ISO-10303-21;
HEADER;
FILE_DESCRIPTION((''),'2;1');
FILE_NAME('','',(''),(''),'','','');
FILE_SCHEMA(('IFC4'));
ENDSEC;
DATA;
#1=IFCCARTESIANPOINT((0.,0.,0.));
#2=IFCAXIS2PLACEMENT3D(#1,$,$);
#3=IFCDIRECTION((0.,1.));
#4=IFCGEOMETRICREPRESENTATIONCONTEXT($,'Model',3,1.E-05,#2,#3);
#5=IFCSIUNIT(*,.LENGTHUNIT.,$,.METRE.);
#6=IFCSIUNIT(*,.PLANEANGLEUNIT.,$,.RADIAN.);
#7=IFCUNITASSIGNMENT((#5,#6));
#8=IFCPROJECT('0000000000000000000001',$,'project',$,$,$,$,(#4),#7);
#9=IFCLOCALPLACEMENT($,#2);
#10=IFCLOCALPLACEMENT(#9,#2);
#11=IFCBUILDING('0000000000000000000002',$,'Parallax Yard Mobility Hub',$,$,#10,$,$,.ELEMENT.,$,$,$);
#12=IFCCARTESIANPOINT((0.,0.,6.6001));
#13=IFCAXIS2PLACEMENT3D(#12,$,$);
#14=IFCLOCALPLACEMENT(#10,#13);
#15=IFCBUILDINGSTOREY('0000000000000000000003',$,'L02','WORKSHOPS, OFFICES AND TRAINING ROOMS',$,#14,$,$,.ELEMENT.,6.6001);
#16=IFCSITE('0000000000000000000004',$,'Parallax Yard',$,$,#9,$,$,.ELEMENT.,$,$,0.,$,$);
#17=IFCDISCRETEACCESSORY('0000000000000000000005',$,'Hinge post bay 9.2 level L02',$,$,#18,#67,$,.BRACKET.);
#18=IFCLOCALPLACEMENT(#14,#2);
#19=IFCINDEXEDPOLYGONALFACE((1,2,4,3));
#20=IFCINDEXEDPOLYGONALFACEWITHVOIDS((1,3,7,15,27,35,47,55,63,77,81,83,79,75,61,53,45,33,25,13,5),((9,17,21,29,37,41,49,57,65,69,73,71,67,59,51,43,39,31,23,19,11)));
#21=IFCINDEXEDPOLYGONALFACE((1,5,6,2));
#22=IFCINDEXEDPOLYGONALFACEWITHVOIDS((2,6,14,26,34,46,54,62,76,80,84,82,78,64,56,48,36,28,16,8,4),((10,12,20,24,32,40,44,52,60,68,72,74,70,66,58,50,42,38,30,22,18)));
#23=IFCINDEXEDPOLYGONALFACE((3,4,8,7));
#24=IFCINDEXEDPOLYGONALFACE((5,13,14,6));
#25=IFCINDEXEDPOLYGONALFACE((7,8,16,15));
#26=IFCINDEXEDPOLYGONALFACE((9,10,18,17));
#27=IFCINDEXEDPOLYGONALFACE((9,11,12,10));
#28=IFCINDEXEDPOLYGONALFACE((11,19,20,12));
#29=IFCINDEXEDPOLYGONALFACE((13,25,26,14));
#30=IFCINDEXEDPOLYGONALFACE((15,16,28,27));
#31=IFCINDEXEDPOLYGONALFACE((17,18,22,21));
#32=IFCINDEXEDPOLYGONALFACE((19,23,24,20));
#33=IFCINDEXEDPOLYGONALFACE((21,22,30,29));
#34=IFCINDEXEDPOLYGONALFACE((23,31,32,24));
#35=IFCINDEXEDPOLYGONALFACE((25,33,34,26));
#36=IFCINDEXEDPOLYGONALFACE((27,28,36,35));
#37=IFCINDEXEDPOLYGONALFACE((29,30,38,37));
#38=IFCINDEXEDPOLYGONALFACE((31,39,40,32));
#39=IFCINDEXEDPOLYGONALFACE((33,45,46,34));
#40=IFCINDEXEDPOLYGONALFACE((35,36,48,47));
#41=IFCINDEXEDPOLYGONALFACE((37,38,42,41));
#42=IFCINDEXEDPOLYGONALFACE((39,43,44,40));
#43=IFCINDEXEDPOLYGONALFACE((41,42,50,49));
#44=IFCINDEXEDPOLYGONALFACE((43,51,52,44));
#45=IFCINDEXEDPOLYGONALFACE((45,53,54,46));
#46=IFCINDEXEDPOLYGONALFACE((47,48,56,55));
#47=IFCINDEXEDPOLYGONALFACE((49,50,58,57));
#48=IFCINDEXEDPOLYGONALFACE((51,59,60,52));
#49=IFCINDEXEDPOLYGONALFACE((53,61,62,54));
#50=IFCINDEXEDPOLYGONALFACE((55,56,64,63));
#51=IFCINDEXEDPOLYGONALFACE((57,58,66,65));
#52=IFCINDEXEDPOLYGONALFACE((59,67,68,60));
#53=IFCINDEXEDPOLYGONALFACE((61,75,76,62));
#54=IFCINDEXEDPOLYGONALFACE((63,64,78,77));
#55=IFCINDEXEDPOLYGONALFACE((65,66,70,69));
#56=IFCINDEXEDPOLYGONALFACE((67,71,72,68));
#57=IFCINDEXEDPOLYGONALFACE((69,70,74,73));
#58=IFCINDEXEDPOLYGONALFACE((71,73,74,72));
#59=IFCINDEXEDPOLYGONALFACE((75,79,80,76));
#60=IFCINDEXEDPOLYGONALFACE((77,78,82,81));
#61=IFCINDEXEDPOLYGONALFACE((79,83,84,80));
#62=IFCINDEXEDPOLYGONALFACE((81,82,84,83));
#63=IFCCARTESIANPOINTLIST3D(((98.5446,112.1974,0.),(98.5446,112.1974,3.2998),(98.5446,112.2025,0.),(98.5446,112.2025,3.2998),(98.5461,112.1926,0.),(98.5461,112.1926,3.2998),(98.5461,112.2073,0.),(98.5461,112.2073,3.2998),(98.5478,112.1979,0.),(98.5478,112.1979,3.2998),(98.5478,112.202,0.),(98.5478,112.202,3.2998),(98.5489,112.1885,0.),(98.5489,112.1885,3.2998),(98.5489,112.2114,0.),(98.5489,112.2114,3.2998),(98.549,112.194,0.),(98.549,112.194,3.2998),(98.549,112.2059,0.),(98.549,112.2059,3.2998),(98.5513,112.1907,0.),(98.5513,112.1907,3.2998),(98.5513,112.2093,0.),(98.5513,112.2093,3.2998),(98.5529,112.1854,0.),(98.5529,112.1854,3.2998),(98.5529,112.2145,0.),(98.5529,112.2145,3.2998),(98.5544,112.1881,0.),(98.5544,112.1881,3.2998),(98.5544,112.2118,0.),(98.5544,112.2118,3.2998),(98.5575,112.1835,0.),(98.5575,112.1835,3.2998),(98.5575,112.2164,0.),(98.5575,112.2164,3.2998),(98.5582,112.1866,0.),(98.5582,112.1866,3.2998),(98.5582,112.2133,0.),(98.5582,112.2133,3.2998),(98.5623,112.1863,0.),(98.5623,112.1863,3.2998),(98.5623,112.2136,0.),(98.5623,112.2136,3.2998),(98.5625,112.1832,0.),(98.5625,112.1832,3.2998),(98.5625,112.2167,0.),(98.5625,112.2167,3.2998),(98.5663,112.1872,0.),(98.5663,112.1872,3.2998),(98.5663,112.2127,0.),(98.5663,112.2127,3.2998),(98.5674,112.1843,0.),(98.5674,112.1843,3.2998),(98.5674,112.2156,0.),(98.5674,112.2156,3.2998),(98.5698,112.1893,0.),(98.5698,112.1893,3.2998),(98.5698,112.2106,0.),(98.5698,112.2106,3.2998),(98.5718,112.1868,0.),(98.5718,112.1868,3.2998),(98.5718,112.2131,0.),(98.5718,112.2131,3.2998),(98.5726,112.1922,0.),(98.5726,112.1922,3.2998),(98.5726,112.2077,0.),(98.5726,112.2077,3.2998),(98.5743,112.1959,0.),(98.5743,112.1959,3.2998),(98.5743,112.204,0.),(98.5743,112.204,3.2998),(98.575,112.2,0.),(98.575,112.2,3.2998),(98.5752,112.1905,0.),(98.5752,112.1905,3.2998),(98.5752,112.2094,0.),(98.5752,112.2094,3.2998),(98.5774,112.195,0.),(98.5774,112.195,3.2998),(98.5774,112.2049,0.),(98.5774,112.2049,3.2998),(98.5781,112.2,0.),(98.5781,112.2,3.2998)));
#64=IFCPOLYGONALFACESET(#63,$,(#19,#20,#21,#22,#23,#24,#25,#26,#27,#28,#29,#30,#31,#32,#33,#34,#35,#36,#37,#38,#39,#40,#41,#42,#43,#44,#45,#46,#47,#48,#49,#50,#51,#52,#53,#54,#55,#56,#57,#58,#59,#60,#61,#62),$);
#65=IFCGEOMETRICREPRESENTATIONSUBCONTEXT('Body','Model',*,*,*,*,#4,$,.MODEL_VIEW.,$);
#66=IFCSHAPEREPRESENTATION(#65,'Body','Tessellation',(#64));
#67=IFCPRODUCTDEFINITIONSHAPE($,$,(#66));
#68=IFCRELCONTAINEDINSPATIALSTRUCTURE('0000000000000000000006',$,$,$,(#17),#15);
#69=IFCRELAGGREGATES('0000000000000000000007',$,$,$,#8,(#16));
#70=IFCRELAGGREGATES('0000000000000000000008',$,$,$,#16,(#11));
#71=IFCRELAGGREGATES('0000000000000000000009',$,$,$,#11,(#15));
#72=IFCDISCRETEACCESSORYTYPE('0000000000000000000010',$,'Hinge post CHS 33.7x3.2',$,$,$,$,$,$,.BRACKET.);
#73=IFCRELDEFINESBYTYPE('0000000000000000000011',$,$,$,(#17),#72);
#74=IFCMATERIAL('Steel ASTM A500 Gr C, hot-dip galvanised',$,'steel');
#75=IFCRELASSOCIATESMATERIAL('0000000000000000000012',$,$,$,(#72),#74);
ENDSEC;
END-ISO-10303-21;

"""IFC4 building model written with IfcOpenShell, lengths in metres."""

from ifc_helpers import new_model, si_unit, direction, frame, origin, origin_2d, place, context, subcontext, project, spatial, hollow_circle, extrude, material, material_profile, profile_set, type_object, element, save


model = new_model("IFC4")

# Units and contexts
model_context = context("Model", 3, precision=1e-05, world=origin(), true_north=direction((0.0, 1.0)))
body_context = subcontext(model_context, "Body", "Model", "MODEL_VIEW")
ifc_project = project(units=[si_unit("LENGTHUNIT", "METRE"), si_unit("PLANEANGLEUNIT", "RADIAN")], contexts=[model_context])

# Site, building, storey
site_placement = place(None, origin())
site = spatial("IfcSite", under=ifc_project, at=site_placement, Name="Parallax Yard", CompositionType="ELEMENT", RefElevation=0.0)
building_placement = place(site_placement, origin())
building = spatial("IfcBuilding", under=site, at=building_placement, Name="Parallax Yard Mobility Hub", CompositionType="ELEMENT")
storey_placement = place(building_placement, frame((0.0, 0.0, 6.6001)))
storey = spatial("IfcBuildingStorey", under=building, at=storey_placement, Name="L02", Description="WORKSHOPS, OFFICES AND TRAINING ROOMS", CompositionType="ELEMENT", Elevation=6.6001)

# Discrete accessory
ifc_material_1 = material(Name="Steel ASTM A500 Gr C, hot-dip galvanised", Category="steel")
ifc_material_profile = material_profile(ifc_material_1, hollow_circle(Radius=0.0168, WallThickness=0.0032, at=origin_2d()), Name="CHS 33.7x3.2")
ifc_profile_set = profile_set([ifc_material_profile], Name="Steel ASTM A500 Gr C, hot-dip galvanised")
discrete_accessory_type = type_object("IfcDiscreteAccessoryType", Name="Hinge post CHS 33.7x3.2", PredefinedType="BRACKET", material=ifc_profile_set)
for number, where, z_axis, x_axis, name in (
    (1, (98.5613, 112.2, 0.0), (0.0, 0.0, 1.0), (1.0, 0.0, 0.0), "Hinge post bay 9.2 level L02"),
):
    element("IfcDiscreteAccessory", number, at=place(storey_placement, frame(where, z_axis=z_axis, x_axis=x_axis)), inside=storey, type_object=discrete_accessory_type, Name=name, PredefinedType="BRACKET", context=body_context, shape_type="SweptSolid", body=[
        extrude(hollow_circle(Radius=0.0168, WallThickness=0.0032, at=origin_2d()), origin(), (0.0, 0.0, 1.0), 3.2998),
    ])

save(model, "model.ifc")
